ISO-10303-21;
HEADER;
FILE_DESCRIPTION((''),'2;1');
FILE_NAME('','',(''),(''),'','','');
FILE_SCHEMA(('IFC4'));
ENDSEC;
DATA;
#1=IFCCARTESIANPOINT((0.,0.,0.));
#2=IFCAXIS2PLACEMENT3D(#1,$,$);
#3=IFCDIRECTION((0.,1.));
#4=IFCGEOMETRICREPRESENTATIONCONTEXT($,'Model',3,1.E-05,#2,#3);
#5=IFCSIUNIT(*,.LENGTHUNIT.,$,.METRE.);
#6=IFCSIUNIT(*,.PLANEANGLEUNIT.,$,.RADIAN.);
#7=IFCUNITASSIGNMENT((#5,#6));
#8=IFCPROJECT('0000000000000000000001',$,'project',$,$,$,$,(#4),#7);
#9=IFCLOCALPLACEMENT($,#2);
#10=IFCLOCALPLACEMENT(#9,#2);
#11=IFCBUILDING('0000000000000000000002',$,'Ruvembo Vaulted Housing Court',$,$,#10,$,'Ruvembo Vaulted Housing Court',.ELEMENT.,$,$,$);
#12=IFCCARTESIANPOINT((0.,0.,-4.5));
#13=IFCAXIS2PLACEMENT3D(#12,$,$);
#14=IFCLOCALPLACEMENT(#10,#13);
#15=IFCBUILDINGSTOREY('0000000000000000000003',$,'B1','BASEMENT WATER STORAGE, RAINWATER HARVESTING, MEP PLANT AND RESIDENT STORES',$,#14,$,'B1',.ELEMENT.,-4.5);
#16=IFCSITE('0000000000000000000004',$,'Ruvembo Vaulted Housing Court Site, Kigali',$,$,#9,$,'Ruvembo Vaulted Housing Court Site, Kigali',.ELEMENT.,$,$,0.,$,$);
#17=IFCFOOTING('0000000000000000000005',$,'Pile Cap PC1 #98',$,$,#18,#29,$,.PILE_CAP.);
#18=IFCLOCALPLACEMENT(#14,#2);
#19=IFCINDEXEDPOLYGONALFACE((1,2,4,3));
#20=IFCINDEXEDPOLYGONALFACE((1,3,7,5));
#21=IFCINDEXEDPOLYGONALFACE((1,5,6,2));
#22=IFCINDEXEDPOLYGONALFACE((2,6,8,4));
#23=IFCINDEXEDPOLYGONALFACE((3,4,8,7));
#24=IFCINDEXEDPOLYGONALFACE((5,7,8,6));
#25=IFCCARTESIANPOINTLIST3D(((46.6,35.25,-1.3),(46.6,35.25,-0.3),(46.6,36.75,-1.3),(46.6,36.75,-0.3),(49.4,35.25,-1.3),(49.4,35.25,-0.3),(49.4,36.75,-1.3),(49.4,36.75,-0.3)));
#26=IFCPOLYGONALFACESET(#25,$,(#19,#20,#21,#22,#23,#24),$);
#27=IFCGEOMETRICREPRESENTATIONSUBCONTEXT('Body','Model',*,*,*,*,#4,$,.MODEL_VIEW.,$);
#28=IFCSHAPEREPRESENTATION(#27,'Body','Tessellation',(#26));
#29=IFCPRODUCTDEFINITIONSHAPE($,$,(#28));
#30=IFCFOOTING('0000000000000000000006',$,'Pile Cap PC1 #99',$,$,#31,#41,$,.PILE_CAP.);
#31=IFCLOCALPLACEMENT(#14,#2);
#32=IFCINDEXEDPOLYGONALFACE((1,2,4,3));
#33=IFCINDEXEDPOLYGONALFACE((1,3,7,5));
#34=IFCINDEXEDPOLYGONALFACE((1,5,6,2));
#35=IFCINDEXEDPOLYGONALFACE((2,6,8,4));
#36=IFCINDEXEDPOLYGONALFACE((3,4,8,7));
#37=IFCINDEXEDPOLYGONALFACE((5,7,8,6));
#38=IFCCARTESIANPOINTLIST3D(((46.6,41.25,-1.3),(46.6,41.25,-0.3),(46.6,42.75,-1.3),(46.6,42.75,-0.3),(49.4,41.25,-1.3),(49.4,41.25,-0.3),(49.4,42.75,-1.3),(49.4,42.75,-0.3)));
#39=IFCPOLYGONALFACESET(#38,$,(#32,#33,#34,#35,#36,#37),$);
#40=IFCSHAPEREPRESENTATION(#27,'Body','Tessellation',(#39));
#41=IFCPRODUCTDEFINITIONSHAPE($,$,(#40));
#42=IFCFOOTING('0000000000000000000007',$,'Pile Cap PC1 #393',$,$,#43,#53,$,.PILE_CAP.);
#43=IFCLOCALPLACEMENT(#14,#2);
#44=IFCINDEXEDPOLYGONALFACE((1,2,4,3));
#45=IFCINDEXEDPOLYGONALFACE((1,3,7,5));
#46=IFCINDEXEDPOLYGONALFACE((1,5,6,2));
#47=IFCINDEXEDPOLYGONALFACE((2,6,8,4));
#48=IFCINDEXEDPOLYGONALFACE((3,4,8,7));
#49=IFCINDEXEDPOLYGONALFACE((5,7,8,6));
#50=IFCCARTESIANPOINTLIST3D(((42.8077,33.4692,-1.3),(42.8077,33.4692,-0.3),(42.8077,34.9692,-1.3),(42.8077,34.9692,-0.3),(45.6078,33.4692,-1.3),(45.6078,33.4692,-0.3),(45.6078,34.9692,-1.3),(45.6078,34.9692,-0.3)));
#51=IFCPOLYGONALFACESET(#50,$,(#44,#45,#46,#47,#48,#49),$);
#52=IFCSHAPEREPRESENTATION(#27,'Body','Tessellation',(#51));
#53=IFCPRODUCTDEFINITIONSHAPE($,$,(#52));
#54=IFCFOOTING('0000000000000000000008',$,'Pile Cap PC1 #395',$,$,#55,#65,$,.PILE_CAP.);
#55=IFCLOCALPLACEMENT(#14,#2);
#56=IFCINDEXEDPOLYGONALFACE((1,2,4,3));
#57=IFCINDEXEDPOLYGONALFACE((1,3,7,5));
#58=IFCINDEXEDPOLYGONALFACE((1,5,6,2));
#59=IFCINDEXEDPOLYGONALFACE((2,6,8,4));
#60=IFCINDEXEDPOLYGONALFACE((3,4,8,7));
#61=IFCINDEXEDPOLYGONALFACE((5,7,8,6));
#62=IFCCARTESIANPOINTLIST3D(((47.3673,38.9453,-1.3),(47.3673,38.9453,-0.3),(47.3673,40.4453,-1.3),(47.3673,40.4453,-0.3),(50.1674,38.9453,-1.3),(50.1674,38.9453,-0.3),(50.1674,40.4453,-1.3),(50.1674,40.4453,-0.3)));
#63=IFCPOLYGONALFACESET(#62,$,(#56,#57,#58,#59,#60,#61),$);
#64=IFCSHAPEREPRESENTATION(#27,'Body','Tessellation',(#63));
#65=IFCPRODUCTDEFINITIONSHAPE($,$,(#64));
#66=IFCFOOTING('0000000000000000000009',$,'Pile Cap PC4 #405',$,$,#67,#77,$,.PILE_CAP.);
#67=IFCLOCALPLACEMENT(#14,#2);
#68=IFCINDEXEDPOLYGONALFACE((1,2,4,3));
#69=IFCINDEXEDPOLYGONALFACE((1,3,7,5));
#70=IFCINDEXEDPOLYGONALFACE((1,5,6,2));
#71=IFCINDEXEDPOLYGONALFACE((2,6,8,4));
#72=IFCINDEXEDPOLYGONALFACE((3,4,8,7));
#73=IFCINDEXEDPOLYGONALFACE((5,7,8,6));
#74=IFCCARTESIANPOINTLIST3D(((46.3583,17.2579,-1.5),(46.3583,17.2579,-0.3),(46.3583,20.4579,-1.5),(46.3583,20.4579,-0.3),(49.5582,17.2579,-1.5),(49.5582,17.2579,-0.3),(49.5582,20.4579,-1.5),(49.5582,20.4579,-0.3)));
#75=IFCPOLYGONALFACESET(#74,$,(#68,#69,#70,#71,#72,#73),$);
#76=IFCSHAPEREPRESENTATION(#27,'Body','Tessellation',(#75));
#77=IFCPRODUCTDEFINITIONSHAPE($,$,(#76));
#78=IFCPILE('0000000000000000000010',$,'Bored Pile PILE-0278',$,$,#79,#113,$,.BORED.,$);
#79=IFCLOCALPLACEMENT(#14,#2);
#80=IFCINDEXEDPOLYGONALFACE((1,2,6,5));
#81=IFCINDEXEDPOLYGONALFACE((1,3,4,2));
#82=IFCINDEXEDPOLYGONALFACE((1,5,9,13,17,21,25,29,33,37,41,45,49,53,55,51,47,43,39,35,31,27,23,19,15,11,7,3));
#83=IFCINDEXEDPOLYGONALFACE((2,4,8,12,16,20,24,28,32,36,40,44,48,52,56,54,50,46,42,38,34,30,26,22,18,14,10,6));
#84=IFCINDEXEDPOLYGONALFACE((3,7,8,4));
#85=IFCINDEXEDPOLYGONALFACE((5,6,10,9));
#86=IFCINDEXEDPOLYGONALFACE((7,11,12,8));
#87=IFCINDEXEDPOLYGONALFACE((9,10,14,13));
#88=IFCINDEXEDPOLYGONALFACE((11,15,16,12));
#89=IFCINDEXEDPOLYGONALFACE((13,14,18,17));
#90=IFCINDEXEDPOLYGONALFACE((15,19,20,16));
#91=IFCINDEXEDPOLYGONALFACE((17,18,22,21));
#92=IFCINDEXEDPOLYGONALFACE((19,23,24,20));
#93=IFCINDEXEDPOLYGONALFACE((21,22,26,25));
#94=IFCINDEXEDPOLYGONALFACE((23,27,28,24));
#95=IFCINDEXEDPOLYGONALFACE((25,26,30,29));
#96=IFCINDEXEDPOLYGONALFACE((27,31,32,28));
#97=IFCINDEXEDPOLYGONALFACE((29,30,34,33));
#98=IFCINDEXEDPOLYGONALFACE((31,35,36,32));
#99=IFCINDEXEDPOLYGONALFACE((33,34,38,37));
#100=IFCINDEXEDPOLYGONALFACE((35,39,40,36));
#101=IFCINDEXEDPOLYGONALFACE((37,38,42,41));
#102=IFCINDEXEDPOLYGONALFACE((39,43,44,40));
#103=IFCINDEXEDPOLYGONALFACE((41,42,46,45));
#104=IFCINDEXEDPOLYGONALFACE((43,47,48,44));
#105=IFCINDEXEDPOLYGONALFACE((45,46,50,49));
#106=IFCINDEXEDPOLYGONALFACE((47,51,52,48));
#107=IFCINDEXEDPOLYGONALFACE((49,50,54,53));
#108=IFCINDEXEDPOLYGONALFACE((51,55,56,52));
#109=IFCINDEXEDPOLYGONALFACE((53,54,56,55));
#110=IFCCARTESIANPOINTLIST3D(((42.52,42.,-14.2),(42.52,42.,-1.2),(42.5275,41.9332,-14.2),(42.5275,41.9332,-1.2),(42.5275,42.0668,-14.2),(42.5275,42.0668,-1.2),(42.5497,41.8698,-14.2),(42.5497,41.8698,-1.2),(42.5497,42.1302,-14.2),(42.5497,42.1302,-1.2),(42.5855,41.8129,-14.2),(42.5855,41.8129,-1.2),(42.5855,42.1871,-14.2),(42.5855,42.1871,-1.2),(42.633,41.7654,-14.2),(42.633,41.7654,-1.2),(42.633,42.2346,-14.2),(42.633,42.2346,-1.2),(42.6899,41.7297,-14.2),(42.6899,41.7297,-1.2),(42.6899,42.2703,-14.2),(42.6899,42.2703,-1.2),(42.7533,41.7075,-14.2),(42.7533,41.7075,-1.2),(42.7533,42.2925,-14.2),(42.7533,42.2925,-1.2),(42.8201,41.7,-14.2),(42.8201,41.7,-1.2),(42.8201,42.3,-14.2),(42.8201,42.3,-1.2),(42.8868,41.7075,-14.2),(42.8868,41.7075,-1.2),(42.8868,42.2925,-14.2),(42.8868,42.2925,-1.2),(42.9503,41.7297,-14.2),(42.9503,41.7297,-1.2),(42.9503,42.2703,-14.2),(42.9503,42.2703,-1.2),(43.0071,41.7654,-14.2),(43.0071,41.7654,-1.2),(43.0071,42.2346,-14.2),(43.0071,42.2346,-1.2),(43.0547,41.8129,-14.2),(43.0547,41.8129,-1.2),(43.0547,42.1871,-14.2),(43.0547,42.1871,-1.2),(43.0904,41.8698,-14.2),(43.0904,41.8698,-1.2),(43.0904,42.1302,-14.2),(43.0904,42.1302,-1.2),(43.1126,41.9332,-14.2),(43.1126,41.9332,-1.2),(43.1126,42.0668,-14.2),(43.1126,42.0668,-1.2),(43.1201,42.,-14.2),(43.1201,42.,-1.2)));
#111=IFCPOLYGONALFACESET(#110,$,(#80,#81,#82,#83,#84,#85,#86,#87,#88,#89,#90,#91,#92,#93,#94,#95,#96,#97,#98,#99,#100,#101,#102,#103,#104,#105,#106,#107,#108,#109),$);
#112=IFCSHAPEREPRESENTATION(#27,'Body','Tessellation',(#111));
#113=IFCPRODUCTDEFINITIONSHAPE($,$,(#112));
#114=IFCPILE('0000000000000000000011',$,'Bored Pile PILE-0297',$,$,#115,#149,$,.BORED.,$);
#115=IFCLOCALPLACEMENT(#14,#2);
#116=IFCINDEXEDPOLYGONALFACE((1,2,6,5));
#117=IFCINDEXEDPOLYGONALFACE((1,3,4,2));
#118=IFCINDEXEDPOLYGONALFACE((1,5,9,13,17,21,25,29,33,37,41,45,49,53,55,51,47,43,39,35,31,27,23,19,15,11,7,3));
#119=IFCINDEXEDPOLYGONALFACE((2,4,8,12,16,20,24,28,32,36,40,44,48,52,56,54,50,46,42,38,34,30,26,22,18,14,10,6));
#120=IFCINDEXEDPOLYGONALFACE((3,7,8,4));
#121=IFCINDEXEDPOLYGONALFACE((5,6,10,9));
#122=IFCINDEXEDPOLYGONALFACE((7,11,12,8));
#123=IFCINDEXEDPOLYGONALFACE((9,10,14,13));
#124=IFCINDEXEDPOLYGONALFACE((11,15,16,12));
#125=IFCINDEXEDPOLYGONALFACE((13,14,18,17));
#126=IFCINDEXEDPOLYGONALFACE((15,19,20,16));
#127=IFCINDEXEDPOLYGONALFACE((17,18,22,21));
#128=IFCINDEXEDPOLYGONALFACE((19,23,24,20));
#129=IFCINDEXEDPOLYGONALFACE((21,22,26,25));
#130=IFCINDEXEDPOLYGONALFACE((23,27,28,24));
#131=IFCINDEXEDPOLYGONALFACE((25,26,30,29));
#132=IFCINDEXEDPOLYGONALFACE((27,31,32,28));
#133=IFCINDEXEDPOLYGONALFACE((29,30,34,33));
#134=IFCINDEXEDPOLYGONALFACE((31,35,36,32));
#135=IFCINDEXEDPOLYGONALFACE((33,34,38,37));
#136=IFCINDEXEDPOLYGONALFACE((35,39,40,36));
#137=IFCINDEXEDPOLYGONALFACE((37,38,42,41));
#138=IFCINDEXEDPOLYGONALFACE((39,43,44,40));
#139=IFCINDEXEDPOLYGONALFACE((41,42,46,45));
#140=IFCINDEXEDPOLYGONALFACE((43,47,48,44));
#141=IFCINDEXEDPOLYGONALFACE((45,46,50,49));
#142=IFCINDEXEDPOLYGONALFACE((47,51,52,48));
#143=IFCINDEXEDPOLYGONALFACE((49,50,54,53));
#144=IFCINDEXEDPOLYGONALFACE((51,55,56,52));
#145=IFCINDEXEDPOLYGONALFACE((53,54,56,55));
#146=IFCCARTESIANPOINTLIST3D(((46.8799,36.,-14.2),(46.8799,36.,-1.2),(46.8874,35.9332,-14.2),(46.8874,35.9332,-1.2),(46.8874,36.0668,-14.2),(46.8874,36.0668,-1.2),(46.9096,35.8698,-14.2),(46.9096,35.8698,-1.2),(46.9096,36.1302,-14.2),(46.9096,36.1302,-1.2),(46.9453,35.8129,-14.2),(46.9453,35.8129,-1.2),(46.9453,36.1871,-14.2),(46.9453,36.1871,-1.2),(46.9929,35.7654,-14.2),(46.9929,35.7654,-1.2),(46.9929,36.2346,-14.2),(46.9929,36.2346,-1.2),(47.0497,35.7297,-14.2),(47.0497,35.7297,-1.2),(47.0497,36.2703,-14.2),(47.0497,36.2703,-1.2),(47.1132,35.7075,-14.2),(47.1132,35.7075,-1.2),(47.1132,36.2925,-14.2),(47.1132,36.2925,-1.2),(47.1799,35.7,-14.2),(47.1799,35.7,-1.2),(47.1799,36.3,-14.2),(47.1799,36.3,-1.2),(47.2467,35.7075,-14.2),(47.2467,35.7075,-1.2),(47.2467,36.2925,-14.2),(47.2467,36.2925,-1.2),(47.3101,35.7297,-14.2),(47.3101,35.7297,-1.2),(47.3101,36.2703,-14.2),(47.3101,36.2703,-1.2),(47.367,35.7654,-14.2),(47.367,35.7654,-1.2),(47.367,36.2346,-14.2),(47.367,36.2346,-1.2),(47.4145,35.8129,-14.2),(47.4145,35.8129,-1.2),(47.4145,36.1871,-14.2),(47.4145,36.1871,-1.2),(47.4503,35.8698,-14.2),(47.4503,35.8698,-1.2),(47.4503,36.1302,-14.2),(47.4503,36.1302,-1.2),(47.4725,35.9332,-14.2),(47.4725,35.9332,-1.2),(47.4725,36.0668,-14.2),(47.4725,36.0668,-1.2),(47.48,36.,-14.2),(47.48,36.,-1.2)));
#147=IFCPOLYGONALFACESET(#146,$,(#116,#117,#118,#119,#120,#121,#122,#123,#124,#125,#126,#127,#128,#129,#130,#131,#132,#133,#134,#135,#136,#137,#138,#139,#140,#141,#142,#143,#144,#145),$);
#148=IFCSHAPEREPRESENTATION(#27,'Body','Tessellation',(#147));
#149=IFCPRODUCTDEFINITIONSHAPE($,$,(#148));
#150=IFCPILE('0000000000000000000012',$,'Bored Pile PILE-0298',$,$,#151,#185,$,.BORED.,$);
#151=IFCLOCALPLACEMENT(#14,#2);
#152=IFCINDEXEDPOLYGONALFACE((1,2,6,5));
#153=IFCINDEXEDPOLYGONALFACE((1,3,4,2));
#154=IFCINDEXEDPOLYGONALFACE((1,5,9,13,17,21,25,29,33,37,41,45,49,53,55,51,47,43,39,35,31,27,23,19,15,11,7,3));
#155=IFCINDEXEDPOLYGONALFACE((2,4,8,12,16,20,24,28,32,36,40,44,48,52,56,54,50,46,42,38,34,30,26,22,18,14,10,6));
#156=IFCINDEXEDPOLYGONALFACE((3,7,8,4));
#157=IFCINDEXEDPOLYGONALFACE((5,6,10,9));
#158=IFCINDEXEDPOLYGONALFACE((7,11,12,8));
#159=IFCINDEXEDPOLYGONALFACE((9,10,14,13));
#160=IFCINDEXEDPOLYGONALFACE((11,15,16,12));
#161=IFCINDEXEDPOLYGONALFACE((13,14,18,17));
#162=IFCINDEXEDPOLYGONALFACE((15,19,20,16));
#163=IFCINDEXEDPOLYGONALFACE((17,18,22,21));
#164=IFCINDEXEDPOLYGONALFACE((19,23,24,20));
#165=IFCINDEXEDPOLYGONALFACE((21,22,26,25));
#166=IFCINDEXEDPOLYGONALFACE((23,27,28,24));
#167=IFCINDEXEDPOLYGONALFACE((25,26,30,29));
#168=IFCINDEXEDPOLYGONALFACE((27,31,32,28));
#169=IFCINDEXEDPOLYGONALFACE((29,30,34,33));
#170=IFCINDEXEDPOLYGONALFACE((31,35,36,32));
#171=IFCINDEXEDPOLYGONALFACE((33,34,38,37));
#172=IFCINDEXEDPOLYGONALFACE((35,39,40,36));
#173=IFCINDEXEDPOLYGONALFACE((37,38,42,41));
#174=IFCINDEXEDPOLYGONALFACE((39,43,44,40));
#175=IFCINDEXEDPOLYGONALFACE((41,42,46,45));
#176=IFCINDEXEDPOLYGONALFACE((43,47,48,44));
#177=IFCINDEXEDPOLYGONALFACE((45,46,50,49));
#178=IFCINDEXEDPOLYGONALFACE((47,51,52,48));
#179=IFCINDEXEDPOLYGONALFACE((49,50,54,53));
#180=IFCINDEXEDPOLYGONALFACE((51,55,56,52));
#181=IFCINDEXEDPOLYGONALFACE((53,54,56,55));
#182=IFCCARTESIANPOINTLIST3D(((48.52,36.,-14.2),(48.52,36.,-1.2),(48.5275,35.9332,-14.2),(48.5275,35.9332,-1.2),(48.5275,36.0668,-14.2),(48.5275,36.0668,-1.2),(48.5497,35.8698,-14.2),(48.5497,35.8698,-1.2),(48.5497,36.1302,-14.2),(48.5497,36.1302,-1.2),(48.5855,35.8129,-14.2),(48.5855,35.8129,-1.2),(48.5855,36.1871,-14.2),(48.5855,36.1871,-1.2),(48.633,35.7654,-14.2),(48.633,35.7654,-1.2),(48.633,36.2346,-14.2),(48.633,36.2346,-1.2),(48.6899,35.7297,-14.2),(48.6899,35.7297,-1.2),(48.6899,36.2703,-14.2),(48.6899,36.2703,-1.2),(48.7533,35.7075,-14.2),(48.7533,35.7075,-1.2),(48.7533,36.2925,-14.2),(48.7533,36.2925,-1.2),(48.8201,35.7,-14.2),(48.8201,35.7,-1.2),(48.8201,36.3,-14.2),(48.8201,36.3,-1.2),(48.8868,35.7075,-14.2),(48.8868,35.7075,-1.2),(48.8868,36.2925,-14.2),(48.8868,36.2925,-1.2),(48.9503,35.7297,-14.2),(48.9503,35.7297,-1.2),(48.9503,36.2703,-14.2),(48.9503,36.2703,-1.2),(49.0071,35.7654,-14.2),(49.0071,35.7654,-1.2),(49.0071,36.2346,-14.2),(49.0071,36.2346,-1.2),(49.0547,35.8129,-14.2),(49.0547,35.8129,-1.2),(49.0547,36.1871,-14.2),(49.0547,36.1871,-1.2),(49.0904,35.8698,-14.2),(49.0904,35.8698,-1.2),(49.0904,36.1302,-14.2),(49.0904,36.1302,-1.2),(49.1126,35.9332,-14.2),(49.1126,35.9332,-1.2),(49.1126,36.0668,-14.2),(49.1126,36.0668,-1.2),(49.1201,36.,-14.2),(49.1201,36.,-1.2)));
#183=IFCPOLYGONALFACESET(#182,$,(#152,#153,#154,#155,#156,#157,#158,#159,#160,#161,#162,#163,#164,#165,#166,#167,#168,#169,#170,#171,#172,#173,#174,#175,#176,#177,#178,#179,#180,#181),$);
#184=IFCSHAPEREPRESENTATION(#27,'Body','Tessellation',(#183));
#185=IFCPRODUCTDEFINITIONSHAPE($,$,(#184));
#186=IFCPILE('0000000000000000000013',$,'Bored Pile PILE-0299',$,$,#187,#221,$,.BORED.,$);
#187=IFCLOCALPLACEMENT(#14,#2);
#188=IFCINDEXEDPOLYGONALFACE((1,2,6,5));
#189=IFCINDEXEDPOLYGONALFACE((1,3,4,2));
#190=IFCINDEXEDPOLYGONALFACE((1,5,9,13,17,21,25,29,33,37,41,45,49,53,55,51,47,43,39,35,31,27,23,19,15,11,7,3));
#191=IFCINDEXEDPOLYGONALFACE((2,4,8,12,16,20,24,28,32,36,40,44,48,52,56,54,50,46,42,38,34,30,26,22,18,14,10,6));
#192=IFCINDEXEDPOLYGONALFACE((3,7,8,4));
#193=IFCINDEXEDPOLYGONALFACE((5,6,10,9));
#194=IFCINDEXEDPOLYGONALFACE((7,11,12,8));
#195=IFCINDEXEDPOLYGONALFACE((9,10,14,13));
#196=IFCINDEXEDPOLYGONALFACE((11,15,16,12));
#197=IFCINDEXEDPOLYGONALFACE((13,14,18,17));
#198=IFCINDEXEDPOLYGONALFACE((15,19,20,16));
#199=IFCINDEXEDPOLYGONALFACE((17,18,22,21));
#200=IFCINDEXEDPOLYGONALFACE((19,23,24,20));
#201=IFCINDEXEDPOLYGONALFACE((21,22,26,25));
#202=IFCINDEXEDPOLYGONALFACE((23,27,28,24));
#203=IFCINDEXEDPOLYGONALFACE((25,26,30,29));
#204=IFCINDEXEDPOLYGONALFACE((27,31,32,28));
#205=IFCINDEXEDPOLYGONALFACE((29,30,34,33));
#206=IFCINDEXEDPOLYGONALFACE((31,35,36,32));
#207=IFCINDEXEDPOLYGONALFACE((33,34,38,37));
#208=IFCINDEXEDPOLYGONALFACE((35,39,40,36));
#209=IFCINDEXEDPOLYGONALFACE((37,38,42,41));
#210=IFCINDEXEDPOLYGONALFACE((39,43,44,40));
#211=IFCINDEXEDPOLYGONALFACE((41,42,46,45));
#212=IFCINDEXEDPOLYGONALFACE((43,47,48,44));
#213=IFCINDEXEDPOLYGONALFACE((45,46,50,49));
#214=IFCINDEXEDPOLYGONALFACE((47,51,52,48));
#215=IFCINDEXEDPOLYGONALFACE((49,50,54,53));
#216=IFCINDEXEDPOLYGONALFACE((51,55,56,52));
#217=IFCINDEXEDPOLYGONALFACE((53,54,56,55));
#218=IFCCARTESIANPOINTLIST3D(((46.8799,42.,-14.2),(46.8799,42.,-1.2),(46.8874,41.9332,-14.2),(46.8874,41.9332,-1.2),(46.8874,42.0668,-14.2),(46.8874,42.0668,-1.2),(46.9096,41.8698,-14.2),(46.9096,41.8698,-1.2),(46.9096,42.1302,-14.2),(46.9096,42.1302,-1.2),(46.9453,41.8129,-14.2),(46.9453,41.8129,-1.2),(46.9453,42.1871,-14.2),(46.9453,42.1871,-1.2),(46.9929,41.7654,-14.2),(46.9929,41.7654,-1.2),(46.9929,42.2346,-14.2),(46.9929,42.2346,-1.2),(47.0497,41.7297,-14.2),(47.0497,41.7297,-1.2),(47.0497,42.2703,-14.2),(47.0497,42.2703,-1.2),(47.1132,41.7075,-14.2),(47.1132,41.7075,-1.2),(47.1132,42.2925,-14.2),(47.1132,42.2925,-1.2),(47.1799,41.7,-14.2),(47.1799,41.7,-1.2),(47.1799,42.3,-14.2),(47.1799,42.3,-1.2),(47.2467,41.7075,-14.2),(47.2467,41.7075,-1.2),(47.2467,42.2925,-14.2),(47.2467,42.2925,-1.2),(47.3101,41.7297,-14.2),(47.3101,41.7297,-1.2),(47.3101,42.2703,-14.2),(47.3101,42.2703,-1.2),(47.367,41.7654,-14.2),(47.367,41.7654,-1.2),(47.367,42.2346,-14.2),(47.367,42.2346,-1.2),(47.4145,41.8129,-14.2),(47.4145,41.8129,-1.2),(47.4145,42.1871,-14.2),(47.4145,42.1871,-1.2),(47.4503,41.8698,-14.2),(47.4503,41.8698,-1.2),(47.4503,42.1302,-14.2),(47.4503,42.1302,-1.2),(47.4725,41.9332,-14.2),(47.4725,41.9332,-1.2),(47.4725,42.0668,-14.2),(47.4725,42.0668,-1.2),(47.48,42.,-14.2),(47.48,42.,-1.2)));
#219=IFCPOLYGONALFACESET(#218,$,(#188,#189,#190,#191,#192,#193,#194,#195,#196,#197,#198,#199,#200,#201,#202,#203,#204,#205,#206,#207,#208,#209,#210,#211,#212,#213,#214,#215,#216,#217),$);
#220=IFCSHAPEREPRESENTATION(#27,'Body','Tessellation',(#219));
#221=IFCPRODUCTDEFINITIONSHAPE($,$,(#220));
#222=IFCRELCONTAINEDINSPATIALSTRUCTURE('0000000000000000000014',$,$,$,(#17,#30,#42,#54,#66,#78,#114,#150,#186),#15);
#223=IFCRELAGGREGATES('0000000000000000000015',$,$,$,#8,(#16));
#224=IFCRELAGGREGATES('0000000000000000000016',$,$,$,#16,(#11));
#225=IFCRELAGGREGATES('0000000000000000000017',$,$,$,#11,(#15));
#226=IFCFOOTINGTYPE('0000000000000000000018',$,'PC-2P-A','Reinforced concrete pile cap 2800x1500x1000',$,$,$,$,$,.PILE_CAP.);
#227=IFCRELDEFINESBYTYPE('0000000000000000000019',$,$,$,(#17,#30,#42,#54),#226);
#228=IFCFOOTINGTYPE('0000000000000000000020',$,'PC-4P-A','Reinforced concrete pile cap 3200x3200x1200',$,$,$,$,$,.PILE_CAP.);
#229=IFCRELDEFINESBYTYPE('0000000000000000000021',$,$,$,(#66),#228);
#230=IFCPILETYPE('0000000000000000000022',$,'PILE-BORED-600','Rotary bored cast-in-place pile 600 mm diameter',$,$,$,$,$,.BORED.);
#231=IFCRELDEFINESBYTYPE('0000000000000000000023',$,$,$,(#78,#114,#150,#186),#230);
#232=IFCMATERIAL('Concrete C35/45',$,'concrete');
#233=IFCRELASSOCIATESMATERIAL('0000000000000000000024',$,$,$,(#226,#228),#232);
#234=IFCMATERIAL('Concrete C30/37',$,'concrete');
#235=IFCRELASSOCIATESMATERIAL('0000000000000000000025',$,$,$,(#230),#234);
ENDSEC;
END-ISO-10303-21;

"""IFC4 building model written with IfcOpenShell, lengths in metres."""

from ifc_helpers import new_model, si_unit, direction, frame, origin, origin_2d, place, context, subcontext, project, spatial, rectangle, circle, extrude, material, material_profile, profile_set, type_object, element, save


model = new_model("IFC4")

# Units and contexts
model_context = context("Model", 3, precision=1e-05, world=origin(), true_north=direction((0.0, 1.0)))
body_context = subcontext(model_context, "Body", "Model", "MODEL_VIEW")
ifc_project = project(units=[si_unit("LENGTHUNIT", "METRE"), si_unit("PLANEANGLEUNIT", "RADIAN")], contexts=[model_context])

# Site, building, storey
site_placement = place(None, origin())
site = spatial("IfcSite", under=ifc_project, at=site_placement, Name="Ruvembo Vaulted Housing Court Site, Kigali", LongName="Ruvembo Vaulted Housing Court Site, Kigali", CompositionType="ELEMENT", RefElevation=0.0)
building_placement = place(site_placement, origin())
building = spatial("IfcBuilding", under=site, at=building_placement, Name="Ruvembo Vaulted Housing Court", LongName="Ruvembo Vaulted Housing Court", CompositionType="ELEMENT")
storey_placement = place(building_placement, frame((0.0, 0.0, -4.5)))
storey = spatial("IfcBuildingStorey", under=building, at=storey_placement, Name="B1", Description="BASEMENT WATER STORAGE, RAINWATER HARVESTING, MEP PLANT AND RESIDENT STORES", LongName="B1", CompositionType="ELEMENT", Elevation=-4.5)

# Footings
ifc_material_1 = material(Name="Concrete C35/45", Category="concrete")
footing_type_1 = type_object("IfcFootingType", Name="PC-2P-A", Description="Reinforced concrete pile cap 2800x1500x1000", PredefinedType="PILE_CAP", material=ifc_material_1)
for number, where, z_axis, x_axis, name in (
    (1, (48.0, 36.0, -1.3), (0.0, 0.0, 1.0), (1.0, 0.0, 0.0), "Pile Cap PC1 #98"),
    (2, (48.0, 42.0, -1.3), (0.0, 0.0, 1.0), (1.0, 0.0, 0.0), "Pile Cap PC1 #99"),
    (3, (44.2078, 34.2192, -1.3), (0.0, 0.0, 1.0), (1.0, 0.0, 0.0), "Pile Cap PC1 #393"),
    (4, (48.7673, 39.6953, -1.3), (0.0, 0.0, 1.0), (1.0, 0.0, 0.0), "Pile Cap PC1 #395"),
):
    element("IfcFooting", number, at=place(storey_placement, frame(where, z_axis=z_axis, x_axis=x_axis)), inside=storey, type_object=footing_type_1, Name=name, PredefinedType="PILE_CAP", context=body_context, shape_type="SweptSolid", body=[
        extrude(rectangle(XDim=2.8, YDim=1.5, at=origin_2d()), origin(), (0.0, 0.0, 1.0), 1.0),
    ])
footing_type_2 = type_object("IfcFootingType", Name="PC-4P-A", Description="Reinforced concrete pile cap 3200x3200x1200", PredefinedType="PILE_CAP", material=ifc_material_1)
footing_placement = place(storey_placement, frame((47.9583, 18.8579, -1.5), z_axis=(0.0, 0.0, 1.0), x_axis=(1.0, 0.0, 0.0)))
element("IfcFooting", 5, at=footing_placement, inside=storey, type_object=footing_type_2, Name="Pile Cap PC4 #405", PredefinedType="PILE_CAP", context=body_context, shape_type="SweptSolid", body=[
    extrude(rectangle(XDim=3.2, YDim=3.2, at=origin_2d()), origin(), (0.0, 0.0, 1.0), 1.2),
])

# Piles
ifc_material_2 = material(Name="Concrete C30/37", Category="concrete")
ifc_material_profile_1 = material_profile(ifc_material_2, circle(Radius=0.3, at=origin_2d()), Name="PILE D600")
ifc_profile_set_1 = profile_set([ifc_material_profile_1], Name="Concrete C30/37")
pile_type_1 = type_object("IfcPileType", Name="PILE-BORED-600", Description="Rotary bored cast-in-place pile 600 mm diameter", PredefinedType="BORED", material=ifc_profile_set_1)
for number, where, z_axis, x_axis, name in (
    (6, (42.8201, 42.0, -1.2), (0.0, 0.0, -1.0), (1.0, 0.0, 0.0), "Bored Pile PILE-0278"),
    (7, (47.1799, 36.0, -1.2), (0.0, 0.0, -1.0), (1.0, 0.0, 0.0), "Bored Pile PILE-0297"),
    (8, (48.8201, 36.0, -1.2), (0.0, 0.0, -1.0), (1.0, 0.0, 0.0), "Bored Pile PILE-0298"),
    (9, (47.1799, 42.0, -1.2), (0.0, 0.0, -1.0), (1.0, 0.0, 0.0), "Bored Pile PILE-0299"),
):
    element("IfcPile", number, at=place(storey_placement, frame(where, z_axis=z_axis, x_axis=x_axis)), inside=storey, type_object=pile_type_1, Name=name, PredefinedType="BORED", context=body_context, shape_type="SweptSolid", body=[
        extrude(circle(Radius=0.3, at=origin_2d()), origin(), (0.0, 0.0, 1.0), 13.0),
    ])

save(model, "model.ifc")
